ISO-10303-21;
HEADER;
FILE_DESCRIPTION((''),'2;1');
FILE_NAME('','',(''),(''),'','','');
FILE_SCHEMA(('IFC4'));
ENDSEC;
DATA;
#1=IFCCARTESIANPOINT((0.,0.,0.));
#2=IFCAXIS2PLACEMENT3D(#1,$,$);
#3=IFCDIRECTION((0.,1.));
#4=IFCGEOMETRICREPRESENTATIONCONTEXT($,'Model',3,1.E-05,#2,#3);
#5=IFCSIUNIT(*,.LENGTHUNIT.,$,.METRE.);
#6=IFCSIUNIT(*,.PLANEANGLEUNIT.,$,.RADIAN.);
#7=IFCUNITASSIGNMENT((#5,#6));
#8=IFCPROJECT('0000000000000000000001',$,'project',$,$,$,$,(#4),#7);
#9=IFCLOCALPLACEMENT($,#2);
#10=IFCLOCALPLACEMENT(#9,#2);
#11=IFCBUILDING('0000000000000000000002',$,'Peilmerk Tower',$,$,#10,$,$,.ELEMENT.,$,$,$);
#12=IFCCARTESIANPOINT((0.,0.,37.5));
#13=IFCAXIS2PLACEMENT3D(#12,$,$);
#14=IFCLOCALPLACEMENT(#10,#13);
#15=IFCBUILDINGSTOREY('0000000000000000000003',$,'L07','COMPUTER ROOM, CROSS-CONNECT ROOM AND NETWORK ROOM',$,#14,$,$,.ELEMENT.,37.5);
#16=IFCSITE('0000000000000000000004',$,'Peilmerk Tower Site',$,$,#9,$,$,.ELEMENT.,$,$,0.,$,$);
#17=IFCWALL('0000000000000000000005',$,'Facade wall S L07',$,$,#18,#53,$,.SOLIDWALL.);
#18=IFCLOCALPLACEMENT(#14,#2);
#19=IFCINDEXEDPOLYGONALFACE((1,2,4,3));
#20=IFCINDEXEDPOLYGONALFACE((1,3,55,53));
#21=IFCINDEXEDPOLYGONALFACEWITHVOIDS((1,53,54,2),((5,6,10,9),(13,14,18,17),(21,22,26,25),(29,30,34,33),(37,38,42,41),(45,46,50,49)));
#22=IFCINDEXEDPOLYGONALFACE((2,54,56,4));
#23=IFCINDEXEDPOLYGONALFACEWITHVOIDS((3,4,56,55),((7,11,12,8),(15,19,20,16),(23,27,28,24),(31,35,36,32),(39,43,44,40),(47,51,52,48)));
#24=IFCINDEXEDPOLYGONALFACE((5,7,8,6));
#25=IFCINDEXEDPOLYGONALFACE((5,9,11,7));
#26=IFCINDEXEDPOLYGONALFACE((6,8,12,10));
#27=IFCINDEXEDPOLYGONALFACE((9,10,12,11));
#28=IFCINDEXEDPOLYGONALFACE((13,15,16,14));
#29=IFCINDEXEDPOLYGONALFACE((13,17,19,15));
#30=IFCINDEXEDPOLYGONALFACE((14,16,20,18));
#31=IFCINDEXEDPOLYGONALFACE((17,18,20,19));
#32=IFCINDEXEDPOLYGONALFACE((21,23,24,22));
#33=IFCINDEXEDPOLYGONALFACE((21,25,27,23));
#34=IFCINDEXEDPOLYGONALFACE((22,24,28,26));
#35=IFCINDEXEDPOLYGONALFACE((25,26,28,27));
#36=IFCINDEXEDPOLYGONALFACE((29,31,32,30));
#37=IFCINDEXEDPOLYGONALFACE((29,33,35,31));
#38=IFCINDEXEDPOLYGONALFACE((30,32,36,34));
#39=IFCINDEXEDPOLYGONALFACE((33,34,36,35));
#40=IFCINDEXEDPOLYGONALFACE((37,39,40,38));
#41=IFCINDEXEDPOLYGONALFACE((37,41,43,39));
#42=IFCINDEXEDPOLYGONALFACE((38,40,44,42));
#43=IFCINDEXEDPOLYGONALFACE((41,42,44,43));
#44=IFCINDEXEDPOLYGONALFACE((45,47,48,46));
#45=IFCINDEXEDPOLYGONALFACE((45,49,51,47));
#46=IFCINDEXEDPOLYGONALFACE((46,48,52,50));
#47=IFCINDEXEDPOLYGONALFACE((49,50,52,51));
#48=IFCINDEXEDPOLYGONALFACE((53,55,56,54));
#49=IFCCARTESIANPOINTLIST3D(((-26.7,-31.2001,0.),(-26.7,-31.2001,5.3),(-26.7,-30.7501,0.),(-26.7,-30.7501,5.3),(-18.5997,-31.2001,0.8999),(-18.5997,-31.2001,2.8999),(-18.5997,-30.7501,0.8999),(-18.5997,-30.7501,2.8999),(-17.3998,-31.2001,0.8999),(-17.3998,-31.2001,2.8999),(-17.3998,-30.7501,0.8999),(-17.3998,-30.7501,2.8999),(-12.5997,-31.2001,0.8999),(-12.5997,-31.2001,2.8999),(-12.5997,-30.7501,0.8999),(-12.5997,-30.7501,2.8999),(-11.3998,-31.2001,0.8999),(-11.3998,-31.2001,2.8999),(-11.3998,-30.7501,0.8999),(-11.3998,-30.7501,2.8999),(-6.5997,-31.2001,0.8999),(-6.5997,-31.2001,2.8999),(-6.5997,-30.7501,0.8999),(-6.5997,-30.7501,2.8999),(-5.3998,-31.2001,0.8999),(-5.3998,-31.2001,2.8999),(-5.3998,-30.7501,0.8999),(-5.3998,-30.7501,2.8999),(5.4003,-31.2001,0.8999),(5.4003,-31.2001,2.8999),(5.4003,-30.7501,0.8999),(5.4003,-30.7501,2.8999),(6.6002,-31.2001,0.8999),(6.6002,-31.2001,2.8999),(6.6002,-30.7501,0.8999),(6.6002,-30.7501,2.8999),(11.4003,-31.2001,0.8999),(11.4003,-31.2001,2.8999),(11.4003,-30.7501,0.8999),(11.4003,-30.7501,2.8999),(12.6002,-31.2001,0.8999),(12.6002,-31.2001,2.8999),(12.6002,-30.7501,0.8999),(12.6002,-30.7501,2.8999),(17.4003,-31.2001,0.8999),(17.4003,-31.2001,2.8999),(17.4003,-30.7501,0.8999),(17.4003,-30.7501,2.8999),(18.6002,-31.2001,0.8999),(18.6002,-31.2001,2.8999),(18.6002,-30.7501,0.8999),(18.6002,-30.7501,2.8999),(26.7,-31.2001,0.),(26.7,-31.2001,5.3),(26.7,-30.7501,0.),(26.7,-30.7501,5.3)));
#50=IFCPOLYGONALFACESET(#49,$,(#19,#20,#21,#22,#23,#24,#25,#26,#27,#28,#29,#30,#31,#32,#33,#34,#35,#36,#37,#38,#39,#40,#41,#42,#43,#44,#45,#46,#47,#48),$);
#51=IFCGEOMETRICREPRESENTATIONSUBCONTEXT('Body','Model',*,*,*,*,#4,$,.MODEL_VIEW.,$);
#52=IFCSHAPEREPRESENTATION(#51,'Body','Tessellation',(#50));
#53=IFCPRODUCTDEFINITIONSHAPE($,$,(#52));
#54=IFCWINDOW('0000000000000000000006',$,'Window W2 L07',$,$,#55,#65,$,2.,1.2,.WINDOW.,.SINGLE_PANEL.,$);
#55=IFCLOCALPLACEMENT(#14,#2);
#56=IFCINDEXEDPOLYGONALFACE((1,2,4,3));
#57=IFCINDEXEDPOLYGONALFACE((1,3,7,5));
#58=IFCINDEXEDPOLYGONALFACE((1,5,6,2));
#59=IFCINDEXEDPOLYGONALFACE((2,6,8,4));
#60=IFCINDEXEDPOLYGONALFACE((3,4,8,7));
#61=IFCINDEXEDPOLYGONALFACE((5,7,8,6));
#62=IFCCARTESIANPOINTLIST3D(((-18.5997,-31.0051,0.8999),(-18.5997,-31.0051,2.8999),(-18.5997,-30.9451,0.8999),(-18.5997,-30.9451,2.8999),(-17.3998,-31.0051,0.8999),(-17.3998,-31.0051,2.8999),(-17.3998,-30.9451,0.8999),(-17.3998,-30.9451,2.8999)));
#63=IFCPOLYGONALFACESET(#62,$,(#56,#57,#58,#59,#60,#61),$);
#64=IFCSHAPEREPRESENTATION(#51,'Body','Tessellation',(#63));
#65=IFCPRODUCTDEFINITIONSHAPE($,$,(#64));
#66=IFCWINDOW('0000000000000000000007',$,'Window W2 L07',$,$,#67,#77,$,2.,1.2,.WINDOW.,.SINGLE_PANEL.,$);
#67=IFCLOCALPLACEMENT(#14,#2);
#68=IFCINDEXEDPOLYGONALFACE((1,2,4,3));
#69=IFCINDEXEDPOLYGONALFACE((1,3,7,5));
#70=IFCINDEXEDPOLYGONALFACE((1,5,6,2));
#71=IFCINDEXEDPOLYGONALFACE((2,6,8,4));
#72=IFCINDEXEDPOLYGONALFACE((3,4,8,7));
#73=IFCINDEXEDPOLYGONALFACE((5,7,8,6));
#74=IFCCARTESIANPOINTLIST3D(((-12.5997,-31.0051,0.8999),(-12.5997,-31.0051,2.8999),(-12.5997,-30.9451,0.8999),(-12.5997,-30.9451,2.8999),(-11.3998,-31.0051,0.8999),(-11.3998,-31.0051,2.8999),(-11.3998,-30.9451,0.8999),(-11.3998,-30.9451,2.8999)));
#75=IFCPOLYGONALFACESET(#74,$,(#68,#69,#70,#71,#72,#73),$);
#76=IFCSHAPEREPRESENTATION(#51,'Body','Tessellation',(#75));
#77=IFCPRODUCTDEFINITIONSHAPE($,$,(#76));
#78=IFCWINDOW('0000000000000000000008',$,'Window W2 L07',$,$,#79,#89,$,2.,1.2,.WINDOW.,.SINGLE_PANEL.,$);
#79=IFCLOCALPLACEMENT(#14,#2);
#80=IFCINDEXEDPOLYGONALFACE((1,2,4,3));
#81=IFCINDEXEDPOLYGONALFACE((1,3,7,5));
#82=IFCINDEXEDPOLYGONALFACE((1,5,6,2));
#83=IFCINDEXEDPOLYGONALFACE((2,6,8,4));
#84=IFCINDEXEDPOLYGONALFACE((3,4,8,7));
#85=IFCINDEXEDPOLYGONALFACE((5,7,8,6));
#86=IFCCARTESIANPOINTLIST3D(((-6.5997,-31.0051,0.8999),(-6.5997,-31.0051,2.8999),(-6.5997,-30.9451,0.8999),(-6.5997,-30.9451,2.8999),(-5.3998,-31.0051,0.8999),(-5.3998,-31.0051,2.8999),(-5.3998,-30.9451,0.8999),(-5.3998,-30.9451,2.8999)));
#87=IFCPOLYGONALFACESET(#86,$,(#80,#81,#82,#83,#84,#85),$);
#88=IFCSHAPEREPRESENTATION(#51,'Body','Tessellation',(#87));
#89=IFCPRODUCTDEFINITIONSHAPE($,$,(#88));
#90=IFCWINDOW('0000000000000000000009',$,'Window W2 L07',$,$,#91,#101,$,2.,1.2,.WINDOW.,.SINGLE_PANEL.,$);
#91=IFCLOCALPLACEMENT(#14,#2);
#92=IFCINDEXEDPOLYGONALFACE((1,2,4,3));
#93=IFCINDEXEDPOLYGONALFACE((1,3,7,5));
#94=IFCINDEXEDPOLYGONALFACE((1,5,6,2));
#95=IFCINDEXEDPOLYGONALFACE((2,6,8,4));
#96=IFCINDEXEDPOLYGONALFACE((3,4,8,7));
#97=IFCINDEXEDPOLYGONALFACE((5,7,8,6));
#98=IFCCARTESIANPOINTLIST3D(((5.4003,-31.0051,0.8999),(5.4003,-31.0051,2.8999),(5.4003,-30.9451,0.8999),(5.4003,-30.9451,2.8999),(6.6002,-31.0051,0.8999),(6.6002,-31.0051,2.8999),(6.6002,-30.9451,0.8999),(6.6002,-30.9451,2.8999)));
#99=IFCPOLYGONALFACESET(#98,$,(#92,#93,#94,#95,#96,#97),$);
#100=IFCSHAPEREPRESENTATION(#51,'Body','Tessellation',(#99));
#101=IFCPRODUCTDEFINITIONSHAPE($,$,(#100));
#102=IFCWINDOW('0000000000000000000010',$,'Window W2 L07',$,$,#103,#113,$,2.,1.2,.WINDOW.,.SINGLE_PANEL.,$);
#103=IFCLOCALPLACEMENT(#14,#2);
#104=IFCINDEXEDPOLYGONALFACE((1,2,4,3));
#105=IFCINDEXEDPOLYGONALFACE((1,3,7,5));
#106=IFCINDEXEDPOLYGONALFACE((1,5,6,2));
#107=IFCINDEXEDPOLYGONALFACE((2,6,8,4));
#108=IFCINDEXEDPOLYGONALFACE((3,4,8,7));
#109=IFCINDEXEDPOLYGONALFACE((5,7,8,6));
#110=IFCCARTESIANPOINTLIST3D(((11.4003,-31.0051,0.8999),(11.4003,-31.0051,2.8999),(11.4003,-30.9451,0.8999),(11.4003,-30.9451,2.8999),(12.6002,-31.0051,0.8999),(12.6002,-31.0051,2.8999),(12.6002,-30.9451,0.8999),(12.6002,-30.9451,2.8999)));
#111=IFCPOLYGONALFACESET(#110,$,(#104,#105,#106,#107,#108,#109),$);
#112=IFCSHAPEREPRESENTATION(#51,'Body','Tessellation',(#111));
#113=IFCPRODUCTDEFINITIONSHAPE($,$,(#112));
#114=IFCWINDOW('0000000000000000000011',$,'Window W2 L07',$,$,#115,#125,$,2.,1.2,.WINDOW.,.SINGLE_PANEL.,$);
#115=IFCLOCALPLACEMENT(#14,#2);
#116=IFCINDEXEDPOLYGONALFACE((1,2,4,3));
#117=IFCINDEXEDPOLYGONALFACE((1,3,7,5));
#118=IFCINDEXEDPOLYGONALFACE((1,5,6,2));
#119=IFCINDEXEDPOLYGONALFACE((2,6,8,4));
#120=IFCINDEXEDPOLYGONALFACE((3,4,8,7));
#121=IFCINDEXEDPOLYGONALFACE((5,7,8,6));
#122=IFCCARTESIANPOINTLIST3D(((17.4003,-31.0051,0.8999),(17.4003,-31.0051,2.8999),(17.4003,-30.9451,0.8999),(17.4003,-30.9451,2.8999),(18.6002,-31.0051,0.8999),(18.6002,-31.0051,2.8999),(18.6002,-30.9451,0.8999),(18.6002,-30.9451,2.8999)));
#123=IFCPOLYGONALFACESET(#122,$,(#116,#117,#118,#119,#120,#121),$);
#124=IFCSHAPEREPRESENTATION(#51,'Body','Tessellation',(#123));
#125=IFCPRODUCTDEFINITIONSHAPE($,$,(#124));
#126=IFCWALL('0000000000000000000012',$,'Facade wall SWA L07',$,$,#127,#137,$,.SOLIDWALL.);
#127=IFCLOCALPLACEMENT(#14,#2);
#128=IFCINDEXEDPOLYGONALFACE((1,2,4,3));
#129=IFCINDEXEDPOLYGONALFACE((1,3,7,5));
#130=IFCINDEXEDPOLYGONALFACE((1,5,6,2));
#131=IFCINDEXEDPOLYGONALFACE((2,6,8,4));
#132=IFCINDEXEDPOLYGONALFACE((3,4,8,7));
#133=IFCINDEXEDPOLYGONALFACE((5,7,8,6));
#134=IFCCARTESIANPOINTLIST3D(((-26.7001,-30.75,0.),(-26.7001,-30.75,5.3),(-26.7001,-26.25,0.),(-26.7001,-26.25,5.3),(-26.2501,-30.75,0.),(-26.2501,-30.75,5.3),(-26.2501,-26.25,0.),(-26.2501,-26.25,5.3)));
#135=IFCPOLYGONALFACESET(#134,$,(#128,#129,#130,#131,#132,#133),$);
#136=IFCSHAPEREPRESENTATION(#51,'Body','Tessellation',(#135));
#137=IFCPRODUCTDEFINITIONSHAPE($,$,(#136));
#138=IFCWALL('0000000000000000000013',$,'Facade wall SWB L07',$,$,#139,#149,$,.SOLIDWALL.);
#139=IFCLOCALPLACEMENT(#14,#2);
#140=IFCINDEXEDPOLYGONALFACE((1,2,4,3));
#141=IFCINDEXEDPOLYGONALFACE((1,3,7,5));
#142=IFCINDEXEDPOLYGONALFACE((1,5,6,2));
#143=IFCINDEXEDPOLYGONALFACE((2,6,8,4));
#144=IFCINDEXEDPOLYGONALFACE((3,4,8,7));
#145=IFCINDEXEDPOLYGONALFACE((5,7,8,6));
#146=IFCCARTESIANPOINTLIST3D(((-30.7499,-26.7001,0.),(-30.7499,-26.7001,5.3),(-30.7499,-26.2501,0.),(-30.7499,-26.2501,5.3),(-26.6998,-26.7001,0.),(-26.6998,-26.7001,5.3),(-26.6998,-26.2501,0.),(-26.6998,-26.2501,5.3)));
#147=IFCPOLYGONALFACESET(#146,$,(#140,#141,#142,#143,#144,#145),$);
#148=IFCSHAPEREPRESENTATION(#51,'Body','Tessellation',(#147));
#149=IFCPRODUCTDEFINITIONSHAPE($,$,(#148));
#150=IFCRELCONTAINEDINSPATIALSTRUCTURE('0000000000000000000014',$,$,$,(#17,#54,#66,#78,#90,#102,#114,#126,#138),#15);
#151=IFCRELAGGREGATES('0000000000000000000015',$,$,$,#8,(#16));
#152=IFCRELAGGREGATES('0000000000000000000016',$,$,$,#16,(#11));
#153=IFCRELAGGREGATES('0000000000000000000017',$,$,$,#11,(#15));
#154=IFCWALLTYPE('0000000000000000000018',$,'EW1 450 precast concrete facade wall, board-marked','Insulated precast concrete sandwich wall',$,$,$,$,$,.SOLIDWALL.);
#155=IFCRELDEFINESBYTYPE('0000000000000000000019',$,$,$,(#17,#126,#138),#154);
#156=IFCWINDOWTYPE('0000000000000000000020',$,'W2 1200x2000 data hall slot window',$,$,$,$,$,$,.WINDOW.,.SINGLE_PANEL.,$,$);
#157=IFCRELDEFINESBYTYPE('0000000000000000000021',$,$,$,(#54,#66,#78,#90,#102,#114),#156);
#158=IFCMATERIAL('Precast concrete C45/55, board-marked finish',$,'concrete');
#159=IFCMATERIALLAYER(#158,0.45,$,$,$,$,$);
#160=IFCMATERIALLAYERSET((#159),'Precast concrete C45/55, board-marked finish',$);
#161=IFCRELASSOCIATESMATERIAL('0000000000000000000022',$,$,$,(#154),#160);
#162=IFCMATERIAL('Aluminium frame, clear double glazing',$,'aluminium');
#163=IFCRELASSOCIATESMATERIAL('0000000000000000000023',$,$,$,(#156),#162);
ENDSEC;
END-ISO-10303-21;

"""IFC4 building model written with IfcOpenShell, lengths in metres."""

from ifc_helpers import new_model, si_unit, direction, frame, frame_2d, origin, place, context, subcontext, project, spatial, rectangle, extrude, material, layer, layer_set, type_object, element, fill, save


model = new_model("IFC4")

# Units and contexts
model_context = context("Model", 3, precision=1e-05, world=origin(), true_north=direction((0.0, 1.0)))
body_context = subcontext(model_context, "Body", "Model", "MODEL_VIEW")
ifc_project = project(units=[si_unit("LENGTHUNIT", "METRE"), si_unit("PLANEANGLEUNIT", "RADIAN")], contexts=[model_context])

# Site, building, storey
site_placement = place(None, origin())
site = spatial("IfcSite", under=ifc_project, at=site_placement, Name="Peilmerk Tower Site", CompositionType="ELEMENT", RefElevation=0.0)
building_placement = place(site_placement, origin())
building = spatial("IfcBuilding", under=site, at=building_placement, Name="Peilmerk Tower", CompositionType="ELEMENT")
storey_placement = place(building_placement, frame((0.0, 0.0, 37.5)))
storey = spatial("IfcBuildingStorey", under=building, at=storey_placement, Name="L07", Description="COMPUTER ROOM, CROSS-CONNECT ROOM AND NETWORK ROOM", CompositionType="ELEMENT", Elevation=37.5)

# Wall, openings, windows
ifc_material_1 = material(Name="Precast concrete C45/55, board-marked finish", Category="concrete")
ifc_layer = layer(ifc_material_1, 0.45)
ifc_layer_set = layer_set([ifc_layer], Name="Precast concrete C45/55, board-marked finish")
wall_type = type_object("IfcWallType", Name="EW1 450 precast concrete facade wall, board-marked", Description="Insulated precast concrete sandwich wall", PredefinedType="SOLIDWALL", material=ifc_layer_set)
wall_1_placement = place(storey_placement, frame((-26.7, -30.9751, 0.0), z_axis=(0.0, 0.0, 1.0), x_axis=(1.0, 0.0, 0.0)))
wall_1 = element("IfcWall", 1, at=wall_1_placement, inside=storey, type_object=wall_type, Name="Facade wall S L07", PredefinedType="SOLIDWALL", context=body_context, shape_type="SweptSolid", body=[
    extrude(rectangle(XDim=53.3999, YDim=0.45, at=frame_2d((26.7, 0.0))), origin(), (0.0, 0.0, 1.0), 5.3),
])
opening_1_placement = place(wall_1_placement, frame((8.1001, 0.0, 0.8999)))
opening_1 = element("IfcOpeningElement", 2, at=opening_1_placement, cuts=wall_1, PredefinedType="OPENING", context=body_context, shape_type="SweptSolid", body=[
    extrude(rectangle(XDim=1.2, YDim=2.0, at=frame_2d((0.6001, 1.0))), frame((0.0, 0.2349, 0.0), z_axis=(0.0, -1.0, 0.0), x_axis=(1.0, 0.0, 0.0)), (0.0, 0.0, 1.0), 0.47),
])
opening_2_placement = place(wall_1_placement, frame((14.1001, 0.0, 0.8999)))
opening_2 = element("IfcOpeningElement", 3, at=opening_2_placement, cuts=wall_1, PredefinedType="OPENING", context=body_context, shape_type="SweptSolid", body=[
    extrude(rectangle(XDim=1.2, YDim=2.0, at=frame_2d((0.6001, 1.0))), frame((0.0, 0.2349, 0.0), z_axis=(0.0, -1.0, 0.0), x_axis=(1.0, 0.0, 0.0)), (0.0, 0.0, 1.0), 0.47),
])
opening_3_placement = place(wall_1_placement, frame((20.1001, 0.0, 0.8999)))
opening_3 = element("IfcOpeningElement", 4, at=opening_3_placement, cuts=wall_1, PredefinedType="OPENING", context=body_context, shape_type="SweptSolid", body=[
    extrude(rectangle(XDim=1.2, YDim=2.0, at=frame_2d((0.6001, 1.0))), frame((0.0, 0.2349, 0.0), z_axis=(0.0, -1.0, 0.0), x_axis=(1.0, 0.0, 0.0)), (0.0, 0.0, 1.0), 0.47),
])
opening_4_placement = place(wall_1_placement, frame((32.1001, 0.0, 0.8999)))
opening_4 = element("IfcOpeningElement", 5, at=opening_4_placement, cuts=wall_1, PredefinedType="OPENING", context=body_context, shape_type="SweptSolid", body=[
    extrude(rectangle(XDim=1.2, YDim=2.0, at=frame_2d((0.6001, 1.0))), frame((0.0, 0.2349, 0.0), z_axis=(0.0, -1.0, 0.0), x_axis=(1.0, 0.0, 0.0)), (0.0, 0.0, 1.0), 0.47),
])
opening_5_placement = place(wall_1_placement, frame((38.1001, 0.0, 0.8999)))
opening_5 = element("IfcOpeningElement", 6, at=opening_5_placement, cuts=wall_1, PredefinedType="OPENING", context=body_context, shape_type="SweptSolid", body=[
    extrude(rectangle(XDim=1.2, YDim=2.0, at=frame_2d((0.6001, 1.0))), frame((0.0, 0.2349, 0.0), z_axis=(0.0, -1.0, 0.0), x_axis=(1.0, 0.0, 0.0)), (0.0, 0.0, 1.0), 0.47),
])
opening_6_placement = place(wall_1_placement, frame((44.1001, 0.0, 0.8999)))
opening_6 = element("IfcOpeningElement", 7, at=opening_6_placement, cuts=wall_1, PredefinedType="OPENING", context=body_context, shape_type="SweptSolid", body=[
    extrude(rectangle(XDim=1.2, YDim=2.0, at=frame_2d((0.6001, 1.0))), frame((0.0, 0.2349, 0.0), z_axis=(0.0, -1.0, 0.0), x_axis=(1.0, 0.0, 0.0)), (0.0, 0.0, 1.0), 0.47),
])
ifc_material_2 = material(Name="Aluminium frame, clear double glazing", Category="aluminium")
window_type = type_object("IfcWindowType", Name="W2 1200x2000 data hall slot window", PartitioningType="SINGLE_PANEL", PredefinedType="WINDOW", material=ifc_material_2)
window_1_placement = place(opening_1_placement, origin())
window_1 = element("IfcWindow", 8, at=window_1_placement, inside=storey, type_object=window_type, Name="Window W2 L07", OverallHeight=2.0, OverallWidth=1.2, PartitioningType="SINGLE_PANEL", PredefinedType="WINDOW", context=body_context, shape_type="SweptSolid", body=[
    extrude(rectangle(XDim=1.2, YDim=2.0, at=frame_2d((0.6001, 1.0))), frame((0.0, 0.03, 0.0), z_axis=(0.0, -1.0, 0.0), x_axis=(1.0, 0.0, 0.0)), (0.0, 0.0, 1.0), 0.0601),
])
fill(opening_1, window_1)
window_2_placement = place(opening_2_placement, origin())
window_2 = element("IfcWindow", 9, at=window_2_placement, inside=storey, type_object=window_type, Name="Window W2 L07", OverallHeight=2.0, OverallWidth=1.2, PartitioningType="SINGLE_PANEL", PredefinedType="WINDOW", context=body_context, shape_type="SweptSolid", body=[
    extrude(rectangle(XDim=1.2, YDim=2.0, at=frame_2d((0.6001, 1.0))), frame((0.0, 0.03, 0.0), z_axis=(0.0, -1.0, 0.0), x_axis=(1.0, 0.0, 0.0)), (0.0, 0.0, 1.0), 0.0601),
])
fill(opening_2, window_2)
window_3_placement = place(opening_3_placement, origin())
window_3 = element("IfcWindow", 10, at=window_3_placement, inside=storey, type_object=window_type, Name="Window W2 L07", OverallHeight=2.0, OverallWidth=1.2, PartitioningType="SINGLE_PANEL", PredefinedType="WINDOW", context=body_context, shape_type="SweptSolid", body=[
    extrude(rectangle(XDim=1.2, YDim=2.0, at=frame_2d((0.6001, 1.0))), frame((0.0, 0.03, 0.0), z_axis=(0.0, -1.0, 0.0), x_axis=(1.0, 0.0, 0.0)), (0.0, 0.0, 1.0), 0.0601),
])
fill(opening_3, window_3)
window_4_placement = place(opening_4_placement, origin())
window_4 = element("IfcWindow", 11, at=window_4_placement, inside=storey, type_object=window_type, Name="Window W2 L07", OverallHeight=2.0, OverallWidth=1.2, PartitioningType="SINGLE_PANEL", PredefinedType="WINDOW", context=body_context, shape_type="SweptSolid", body=[
    extrude(rectangle(XDim=1.2, YDim=2.0, at=frame_2d((0.6001, 1.0))), frame((0.0, 0.03, 0.0), z_axis=(0.0, -1.0, 0.0), x_axis=(1.0, 0.0, 0.0)), (0.0, 0.0, 1.0), 0.0601),
])
fill(opening_4, window_4)
window_5_placement = place(opening_5_placement, origin())
window_5 = element("IfcWindow", 12, at=window_5_placement, inside=storey, type_object=window_type, Name="Window W2 L07", OverallHeight=2.0, OverallWidth=1.2, PartitioningType="SINGLE_PANEL", PredefinedType="WINDOW", context=body_context, shape_type="SweptSolid", body=[
    extrude(rectangle(XDim=1.2, YDim=2.0, at=frame_2d((0.6001, 1.0))), frame((0.0, 0.03, 0.0), z_axis=(0.0, -1.0, 0.0), x_axis=(1.0, 0.0, 0.0)), (0.0, 0.0, 1.0), 0.0601),
])
fill(opening_5, window_5)
window_6_placement = place(opening_6_placement, origin())
window_6 = element("IfcWindow", 13, at=window_6_placement, inside=storey, type_object=window_type, Name="Window W2 L07", OverallHeight=2.0, OverallWidth=1.2, PartitioningType="SINGLE_PANEL", PredefinedType="WINDOW", context=body_context, shape_type="SweptSolid", body=[
    extrude(rectangle(XDim=1.2, YDim=2.0, at=frame_2d((0.6001, 1.0))), frame((0.0, 0.03, 0.0), z_axis=(0.0, -1.0, 0.0), x_axis=(1.0, 0.0, 0.0)), (0.0, 0.0, 1.0), 0.0601),
])
fill(opening_6, window_6)

# Walls
wall_2_placement = place(storey_placement, frame((-26.4751, -26.25, 0.0), z_axis=(0.0, 0.0, 1.0), x_axis=(0.0, -1.0, 0.0)))
element("IfcWall", 14, at=wall_2_placement, inside=storey, type_object=wall_type, Name="Facade wall SWA L07", PredefinedType="SOLIDWALL", context=body_context, shape_type="SweptSolid", body=[
    extrude(rectangle(XDim=4.5, YDim=0.45, at=frame_2d((2.25, 0.0))), origin(), (0.0, 0.0, 1.0), 5.3),
])
wall_3_placement = place(storey_placement, frame((-26.7, -26.4751, 0.0), z_axis=(0.0, 0.0, 1.0), x_axis=(-1.0, 0.0, 0.0)))
element("IfcWall", 15, at=wall_3_placement, inside=storey, type_object=wall_type, Name="Facade wall SWB L07", PredefinedType="SOLIDWALL", context=body_context, shape_type="SweptSolid", body=[
    extrude(rectangle(XDim=4.05, YDim=0.45, at=frame_2d((2.0249, 0.0))), origin(), (0.0, 0.0, 1.0), 5.3),
])

save(model, "model.ifc")
